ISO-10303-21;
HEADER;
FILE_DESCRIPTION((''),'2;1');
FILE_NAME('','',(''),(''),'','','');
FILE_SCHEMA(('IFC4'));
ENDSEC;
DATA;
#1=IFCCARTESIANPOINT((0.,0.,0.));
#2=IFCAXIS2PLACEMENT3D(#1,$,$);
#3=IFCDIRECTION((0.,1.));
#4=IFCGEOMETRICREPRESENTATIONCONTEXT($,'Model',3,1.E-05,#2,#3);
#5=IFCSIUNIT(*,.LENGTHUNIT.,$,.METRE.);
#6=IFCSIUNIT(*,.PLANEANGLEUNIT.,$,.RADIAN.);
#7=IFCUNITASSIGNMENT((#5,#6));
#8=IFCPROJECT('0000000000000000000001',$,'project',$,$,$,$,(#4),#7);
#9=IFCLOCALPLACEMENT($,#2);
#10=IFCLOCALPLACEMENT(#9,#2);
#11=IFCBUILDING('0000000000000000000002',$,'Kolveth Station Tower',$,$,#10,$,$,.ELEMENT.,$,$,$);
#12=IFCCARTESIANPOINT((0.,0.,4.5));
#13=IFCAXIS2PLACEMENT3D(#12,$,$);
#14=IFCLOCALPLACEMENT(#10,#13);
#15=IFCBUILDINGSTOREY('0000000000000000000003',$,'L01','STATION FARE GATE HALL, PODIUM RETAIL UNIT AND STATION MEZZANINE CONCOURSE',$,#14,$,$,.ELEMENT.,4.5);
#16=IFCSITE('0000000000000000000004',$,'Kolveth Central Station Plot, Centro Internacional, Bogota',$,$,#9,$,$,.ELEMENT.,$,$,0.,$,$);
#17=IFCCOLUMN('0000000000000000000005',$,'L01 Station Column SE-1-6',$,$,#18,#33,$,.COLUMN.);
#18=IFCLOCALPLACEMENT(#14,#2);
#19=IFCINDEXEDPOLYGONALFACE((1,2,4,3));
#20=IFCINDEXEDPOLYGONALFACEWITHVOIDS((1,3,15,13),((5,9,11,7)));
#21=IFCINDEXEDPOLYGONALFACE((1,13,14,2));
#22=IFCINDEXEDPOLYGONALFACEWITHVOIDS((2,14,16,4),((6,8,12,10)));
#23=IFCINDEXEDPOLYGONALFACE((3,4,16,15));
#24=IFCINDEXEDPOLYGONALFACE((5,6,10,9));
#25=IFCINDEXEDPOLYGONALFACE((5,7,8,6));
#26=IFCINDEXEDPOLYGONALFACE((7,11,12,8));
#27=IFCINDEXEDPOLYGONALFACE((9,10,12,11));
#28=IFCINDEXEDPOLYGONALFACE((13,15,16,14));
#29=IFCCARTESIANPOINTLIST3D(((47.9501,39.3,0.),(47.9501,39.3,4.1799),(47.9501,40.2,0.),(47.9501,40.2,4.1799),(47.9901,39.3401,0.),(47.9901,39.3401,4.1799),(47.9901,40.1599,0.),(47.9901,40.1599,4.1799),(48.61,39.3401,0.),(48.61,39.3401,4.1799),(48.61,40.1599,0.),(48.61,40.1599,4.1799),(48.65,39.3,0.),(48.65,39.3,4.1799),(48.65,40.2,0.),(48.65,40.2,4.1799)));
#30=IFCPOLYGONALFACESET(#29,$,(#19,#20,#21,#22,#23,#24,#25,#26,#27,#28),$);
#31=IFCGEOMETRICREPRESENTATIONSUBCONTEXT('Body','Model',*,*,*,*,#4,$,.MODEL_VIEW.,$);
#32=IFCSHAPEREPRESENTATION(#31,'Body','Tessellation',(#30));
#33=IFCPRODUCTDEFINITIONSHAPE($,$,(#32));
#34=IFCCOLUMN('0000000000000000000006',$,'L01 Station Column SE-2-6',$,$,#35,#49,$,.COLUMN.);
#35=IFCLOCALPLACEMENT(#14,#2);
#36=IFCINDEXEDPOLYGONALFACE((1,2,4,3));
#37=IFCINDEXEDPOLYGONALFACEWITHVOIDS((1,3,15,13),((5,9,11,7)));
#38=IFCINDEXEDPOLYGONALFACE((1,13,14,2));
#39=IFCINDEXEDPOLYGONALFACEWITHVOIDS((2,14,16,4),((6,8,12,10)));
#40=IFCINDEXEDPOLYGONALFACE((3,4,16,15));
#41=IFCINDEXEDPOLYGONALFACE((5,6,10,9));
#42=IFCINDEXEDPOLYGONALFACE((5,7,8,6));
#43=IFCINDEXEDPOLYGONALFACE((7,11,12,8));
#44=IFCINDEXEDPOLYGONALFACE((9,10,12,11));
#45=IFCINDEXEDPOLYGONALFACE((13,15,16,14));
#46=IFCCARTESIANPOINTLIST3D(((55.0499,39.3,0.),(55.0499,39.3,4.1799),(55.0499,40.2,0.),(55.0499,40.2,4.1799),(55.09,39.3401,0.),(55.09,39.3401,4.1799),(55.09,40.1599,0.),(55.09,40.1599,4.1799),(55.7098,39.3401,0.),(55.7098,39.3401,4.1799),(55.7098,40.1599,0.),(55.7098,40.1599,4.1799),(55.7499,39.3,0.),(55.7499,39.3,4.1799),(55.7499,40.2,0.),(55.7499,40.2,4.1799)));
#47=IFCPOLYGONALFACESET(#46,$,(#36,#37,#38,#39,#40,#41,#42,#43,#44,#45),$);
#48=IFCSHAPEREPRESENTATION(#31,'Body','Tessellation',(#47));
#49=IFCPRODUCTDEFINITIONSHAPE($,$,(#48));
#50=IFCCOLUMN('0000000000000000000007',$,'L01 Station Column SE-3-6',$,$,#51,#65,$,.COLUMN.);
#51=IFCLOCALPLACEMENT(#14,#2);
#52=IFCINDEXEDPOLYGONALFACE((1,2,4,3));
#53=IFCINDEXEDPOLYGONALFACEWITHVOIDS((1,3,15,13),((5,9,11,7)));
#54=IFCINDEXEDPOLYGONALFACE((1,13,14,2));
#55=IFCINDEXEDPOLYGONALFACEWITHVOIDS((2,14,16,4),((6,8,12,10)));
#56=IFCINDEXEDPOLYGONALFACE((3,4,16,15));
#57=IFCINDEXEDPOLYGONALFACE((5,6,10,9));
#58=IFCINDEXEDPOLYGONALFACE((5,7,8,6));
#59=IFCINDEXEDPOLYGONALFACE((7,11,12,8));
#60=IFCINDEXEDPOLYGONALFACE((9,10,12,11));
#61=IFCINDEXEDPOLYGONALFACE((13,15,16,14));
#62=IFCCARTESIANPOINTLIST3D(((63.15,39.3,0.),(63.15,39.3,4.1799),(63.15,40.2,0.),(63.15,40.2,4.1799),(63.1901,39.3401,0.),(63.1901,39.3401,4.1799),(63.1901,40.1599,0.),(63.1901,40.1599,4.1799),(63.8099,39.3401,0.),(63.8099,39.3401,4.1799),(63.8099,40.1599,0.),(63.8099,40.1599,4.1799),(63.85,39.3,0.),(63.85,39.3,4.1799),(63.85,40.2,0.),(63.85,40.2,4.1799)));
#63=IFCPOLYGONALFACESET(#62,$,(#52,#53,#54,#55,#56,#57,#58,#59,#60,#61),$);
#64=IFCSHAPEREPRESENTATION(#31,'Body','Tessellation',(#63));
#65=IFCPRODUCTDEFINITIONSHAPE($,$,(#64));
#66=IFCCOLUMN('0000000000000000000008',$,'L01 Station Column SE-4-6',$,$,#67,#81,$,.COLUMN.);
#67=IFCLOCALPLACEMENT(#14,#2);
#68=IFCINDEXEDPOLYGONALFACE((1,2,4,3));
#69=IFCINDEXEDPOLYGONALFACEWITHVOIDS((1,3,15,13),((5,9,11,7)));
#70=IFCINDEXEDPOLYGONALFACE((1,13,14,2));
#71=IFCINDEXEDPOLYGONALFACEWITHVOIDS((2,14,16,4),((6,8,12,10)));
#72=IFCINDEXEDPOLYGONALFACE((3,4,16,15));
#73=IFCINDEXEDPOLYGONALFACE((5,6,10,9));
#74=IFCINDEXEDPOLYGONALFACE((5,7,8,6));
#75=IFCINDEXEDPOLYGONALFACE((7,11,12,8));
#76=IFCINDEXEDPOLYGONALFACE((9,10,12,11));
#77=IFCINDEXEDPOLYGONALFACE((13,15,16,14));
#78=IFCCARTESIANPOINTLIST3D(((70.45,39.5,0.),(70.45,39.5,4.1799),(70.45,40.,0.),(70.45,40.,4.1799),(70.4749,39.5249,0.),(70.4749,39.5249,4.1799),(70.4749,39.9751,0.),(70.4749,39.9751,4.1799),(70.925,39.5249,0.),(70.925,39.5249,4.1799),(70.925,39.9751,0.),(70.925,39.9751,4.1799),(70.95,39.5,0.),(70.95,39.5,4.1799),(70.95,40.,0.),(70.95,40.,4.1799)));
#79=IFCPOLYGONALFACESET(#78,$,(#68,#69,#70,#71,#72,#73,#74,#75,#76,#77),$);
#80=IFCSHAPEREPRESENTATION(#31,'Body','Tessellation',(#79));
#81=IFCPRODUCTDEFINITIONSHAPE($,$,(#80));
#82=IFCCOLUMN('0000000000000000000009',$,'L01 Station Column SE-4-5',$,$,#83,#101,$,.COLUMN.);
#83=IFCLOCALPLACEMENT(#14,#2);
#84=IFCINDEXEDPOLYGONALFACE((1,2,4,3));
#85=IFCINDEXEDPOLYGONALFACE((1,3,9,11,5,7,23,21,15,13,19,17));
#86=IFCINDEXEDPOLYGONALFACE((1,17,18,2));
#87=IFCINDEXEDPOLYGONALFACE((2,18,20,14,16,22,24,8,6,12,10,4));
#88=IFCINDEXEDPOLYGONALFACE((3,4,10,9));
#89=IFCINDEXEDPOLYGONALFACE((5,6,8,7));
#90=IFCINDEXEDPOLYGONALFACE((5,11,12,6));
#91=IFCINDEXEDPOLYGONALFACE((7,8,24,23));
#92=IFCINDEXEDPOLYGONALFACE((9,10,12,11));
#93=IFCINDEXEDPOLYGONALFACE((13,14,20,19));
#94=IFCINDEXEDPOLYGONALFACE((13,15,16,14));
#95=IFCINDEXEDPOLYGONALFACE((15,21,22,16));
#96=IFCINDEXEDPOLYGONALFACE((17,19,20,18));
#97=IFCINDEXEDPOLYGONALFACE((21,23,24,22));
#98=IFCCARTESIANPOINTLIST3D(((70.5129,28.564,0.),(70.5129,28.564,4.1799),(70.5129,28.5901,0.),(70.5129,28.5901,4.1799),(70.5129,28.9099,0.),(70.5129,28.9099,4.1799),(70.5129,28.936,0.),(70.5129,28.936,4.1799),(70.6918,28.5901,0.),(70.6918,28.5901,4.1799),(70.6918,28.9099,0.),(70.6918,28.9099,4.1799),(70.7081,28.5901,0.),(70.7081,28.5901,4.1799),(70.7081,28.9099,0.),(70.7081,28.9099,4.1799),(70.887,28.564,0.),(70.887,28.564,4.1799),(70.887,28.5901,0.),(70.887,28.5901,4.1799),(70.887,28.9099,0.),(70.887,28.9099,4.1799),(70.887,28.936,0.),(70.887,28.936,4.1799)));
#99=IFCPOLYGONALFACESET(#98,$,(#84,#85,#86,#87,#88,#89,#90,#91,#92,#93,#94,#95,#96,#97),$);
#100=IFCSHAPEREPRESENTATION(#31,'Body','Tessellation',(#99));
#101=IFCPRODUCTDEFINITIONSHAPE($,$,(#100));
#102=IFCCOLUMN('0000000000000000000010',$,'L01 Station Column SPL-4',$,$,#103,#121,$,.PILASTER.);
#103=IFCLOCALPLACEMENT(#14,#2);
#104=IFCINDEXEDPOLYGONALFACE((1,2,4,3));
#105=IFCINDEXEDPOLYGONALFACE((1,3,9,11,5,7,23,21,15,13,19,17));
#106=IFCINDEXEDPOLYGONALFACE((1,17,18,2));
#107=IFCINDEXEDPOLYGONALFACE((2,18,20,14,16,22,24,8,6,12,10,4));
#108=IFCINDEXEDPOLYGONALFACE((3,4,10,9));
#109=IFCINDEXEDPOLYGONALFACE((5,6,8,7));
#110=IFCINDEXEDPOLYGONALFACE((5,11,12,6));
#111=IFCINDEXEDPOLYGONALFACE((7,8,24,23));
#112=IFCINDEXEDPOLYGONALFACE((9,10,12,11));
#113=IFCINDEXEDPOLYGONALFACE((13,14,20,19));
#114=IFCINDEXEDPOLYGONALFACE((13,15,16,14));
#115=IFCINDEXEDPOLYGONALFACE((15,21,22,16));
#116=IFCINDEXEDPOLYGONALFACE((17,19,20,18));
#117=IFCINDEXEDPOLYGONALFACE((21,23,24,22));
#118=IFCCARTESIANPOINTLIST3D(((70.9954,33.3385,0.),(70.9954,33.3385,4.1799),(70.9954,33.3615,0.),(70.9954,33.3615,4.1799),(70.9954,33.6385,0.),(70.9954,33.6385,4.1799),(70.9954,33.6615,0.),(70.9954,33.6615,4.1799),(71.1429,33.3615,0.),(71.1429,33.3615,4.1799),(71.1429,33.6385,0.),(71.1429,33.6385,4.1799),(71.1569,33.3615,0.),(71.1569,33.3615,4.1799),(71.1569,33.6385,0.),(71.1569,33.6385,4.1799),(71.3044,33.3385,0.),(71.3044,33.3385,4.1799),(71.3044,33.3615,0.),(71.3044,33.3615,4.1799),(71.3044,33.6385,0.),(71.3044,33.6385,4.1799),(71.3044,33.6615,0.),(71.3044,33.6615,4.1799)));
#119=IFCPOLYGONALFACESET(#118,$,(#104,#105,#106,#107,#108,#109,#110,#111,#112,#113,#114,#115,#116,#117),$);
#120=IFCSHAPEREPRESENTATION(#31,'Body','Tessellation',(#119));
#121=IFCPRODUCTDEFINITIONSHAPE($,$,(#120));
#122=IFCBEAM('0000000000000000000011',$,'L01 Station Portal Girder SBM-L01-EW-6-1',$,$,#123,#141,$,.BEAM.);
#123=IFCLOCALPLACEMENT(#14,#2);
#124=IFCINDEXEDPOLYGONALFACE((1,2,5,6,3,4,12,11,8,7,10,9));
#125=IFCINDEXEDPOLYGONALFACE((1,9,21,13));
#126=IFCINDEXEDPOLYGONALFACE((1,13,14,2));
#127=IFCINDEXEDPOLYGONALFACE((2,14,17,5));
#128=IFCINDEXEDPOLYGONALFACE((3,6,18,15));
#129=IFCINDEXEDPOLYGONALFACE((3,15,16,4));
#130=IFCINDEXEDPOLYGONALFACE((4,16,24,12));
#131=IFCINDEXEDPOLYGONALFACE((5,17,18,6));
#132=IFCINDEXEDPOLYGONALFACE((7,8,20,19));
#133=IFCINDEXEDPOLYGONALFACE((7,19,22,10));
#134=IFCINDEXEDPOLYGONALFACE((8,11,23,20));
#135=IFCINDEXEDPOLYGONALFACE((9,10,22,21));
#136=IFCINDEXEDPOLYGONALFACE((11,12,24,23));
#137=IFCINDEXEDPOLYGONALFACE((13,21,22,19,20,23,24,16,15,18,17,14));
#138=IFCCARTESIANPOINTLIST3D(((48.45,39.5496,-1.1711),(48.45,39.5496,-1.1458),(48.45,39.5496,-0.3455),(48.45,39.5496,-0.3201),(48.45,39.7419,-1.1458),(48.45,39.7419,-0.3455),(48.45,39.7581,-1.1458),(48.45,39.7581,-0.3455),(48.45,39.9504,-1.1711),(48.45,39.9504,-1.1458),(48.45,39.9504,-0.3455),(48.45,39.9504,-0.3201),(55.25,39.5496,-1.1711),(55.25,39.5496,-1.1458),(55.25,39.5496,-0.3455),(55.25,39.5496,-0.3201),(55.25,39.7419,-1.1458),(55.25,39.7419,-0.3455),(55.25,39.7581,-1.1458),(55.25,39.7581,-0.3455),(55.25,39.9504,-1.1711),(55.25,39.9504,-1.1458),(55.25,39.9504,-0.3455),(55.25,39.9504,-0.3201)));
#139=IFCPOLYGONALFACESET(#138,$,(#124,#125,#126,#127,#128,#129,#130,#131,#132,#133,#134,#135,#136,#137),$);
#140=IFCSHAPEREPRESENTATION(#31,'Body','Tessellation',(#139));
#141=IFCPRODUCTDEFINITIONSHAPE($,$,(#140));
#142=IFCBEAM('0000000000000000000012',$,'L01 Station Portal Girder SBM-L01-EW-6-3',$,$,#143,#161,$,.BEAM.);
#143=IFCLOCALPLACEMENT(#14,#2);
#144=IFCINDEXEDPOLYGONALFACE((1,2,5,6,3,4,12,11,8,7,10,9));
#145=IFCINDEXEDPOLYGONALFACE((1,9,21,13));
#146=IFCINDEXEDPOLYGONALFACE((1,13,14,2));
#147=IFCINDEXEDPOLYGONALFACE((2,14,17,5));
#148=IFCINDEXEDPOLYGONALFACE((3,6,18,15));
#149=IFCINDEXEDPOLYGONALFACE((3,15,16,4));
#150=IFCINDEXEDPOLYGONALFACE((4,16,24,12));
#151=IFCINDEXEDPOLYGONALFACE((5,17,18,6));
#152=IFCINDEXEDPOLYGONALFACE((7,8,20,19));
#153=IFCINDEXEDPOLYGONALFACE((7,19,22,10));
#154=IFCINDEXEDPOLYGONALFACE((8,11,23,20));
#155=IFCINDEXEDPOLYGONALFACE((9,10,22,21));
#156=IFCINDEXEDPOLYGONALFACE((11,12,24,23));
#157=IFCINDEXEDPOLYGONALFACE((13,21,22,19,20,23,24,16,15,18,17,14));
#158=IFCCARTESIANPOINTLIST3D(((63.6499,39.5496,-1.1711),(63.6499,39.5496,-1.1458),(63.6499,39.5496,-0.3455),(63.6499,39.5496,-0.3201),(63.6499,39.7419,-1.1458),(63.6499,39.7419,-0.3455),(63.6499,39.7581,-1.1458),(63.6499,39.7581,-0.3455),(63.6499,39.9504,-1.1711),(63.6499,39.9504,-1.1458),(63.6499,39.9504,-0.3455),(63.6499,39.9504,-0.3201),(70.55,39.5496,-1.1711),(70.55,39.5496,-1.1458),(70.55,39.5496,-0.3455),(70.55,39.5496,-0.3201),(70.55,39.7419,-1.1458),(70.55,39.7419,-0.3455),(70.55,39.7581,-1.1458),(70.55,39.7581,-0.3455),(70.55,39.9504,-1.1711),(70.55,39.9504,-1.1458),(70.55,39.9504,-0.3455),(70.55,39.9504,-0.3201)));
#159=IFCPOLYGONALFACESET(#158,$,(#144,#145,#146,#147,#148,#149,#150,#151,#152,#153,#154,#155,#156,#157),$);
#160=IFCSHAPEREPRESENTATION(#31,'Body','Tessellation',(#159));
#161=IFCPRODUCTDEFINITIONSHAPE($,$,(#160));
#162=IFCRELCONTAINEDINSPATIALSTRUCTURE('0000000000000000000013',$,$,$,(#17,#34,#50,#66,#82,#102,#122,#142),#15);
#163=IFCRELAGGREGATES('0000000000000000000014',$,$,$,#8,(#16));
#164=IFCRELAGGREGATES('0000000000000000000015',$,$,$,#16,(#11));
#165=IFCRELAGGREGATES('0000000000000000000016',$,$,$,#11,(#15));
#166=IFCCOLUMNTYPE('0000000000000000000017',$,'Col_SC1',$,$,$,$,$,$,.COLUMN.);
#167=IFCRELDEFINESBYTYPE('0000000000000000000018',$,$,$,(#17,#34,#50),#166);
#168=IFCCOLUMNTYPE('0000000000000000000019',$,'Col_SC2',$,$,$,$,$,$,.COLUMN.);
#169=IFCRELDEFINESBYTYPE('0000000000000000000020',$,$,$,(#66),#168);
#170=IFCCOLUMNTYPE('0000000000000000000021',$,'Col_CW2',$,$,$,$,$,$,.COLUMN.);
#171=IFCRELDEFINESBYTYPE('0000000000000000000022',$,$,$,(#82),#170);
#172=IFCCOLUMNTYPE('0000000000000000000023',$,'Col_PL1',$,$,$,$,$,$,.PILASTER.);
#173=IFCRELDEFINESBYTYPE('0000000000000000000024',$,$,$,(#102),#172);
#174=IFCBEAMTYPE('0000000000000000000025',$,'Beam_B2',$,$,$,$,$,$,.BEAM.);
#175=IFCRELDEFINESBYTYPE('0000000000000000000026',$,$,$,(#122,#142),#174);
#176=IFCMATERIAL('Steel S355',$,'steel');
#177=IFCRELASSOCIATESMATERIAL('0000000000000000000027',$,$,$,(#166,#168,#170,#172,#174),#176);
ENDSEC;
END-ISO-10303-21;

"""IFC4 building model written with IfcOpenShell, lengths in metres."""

from ifc_helpers import new_model, si_unit, direction, frame, origin, origin_2d, place, context, subcontext, project, spatial, hollow_rectangle, i_section, extrude, source, transform, mapped, material, material_profile, profile_set, type_object, element, save


model = new_model("IFC4")

# Units and contexts
model_context = context("Model", 3, precision=1e-05, world=origin(), true_north=direction((0.0, 1.0)))
body_context = subcontext(model_context, "Body", "Model", "MODEL_VIEW")
ifc_project = project(units=[si_unit("LENGTHUNIT", "METRE"), si_unit("PLANEANGLEUNIT", "RADIAN")], contexts=[model_context])

# Site, building, storey
site_placement = place(None, origin())
site = spatial("IfcSite", under=ifc_project, at=site_placement, Name="Kolveth Central Station Plot, Centro Internacional, Bogota", CompositionType="ELEMENT", RefElevation=0.0)
building_placement = place(site_placement, origin())
building = spatial("IfcBuilding", under=site, at=building_placement, Name="Kolveth Station Tower", CompositionType="ELEMENT")
storey_placement = place(building_placement, frame((0.0, 0.0, 4.5)))
storey = spatial("IfcBuildingStorey", under=building, at=storey_placement, Name="L01", Description="STATION FARE GATE HALL, PODIUM RETAIL UNIT AND STATION MEZZANINE CONCOURSE", CompositionType="ELEMENT", Elevation=4.5)

# Columns
ifc_material_1 = material(Name="Steel S355", Category="steel")
ifc_material_profile_1 = material_profile(ifc_material_1, hollow_rectangle(XDim=0.7, YDim=0.8999, WallThickness=0.04, at=origin_2d()), Name="BOX900x700x40")
ifc_profile_set_1 = profile_set([ifc_material_profile_1], Name="Steel S355")
column_type_1 = type_object("IfcColumnType", Name="Col_SC1", PredefinedType="COLUMN", material=ifc_profile_set_1)
shared_shape_1 = source(origin(), body_context, "Body", "SweptSolid", [
    extrude(hollow_rectangle(XDim=0.7, YDim=0.8999, WallThickness=0.04, at=origin_2d()), origin(), (0.0, 0.0, 1.0), 4.1799),
])
for number, where, z_axis, x_axis, name in (
    (1, (48.3, 39.75, 0.0), (0.0, 0.0, 1.0), (1.0, 0.0, 0.0), "L01 Station Column SE-1-6"),
    (2, (55.3999, 39.75, 0.0), (0.0, 0.0, 1.0), (1.0, 0.0, 0.0), "L01 Station Column SE-2-6"),
    (3, (63.5, 39.75, 0.0), (0.0, 0.0, 1.0), (1.0, 0.0, 0.0), "L01 Station Column SE-3-6"),
):
    element("IfcColumn", number, at=place(storey_placement, frame(where, z_axis=z_axis, x_axis=x_axis)), inside=storey, type_object=column_type_1, Name=name, PredefinedType="COLUMN", context=body_context, shape_type="MappedRepresentation", body=[
        mapped(shared_shape_1, transform((0.0, 0.0, 0.0), x_axis=(1.0, 0.0, 0.0), y_axis=(0.0, 1.0, 0.0), z_axis=(0.0, 0.0, 1.0), scale=1.0)),
    ])
ifc_material_profile_2 = material_profile(ifc_material_1, hollow_rectangle(XDim=0.5, YDim=0.5, WallThickness=0.0249, at=origin_2d()), Name="HSS500x500x25")
ifc_profile_set_2 = profile_set([ifc_material_profile_2], Name="Steel S355")
column_type_2 = type_object("IfcColumnType", Name="Col_SC2", PredefinedType="COLUMN", material=ifc_profile_set_2)
shared_shape_2 = source(origin(), body_context, "Body", "SweptSolid", [
    extrude(hollow_rectangle(XDim=0.5, YDim=0.5, WallThickness=0.0249, at=origin_2d()), origin(), (0.0, 0.0, 1.0), 4.1799),
])
column_1_placement = place(storey_placement, frame((70.7, 39.75, 0.0), z_axis=(0.0, 0.0, 1.0), x_axis=(1.0, 0.0, 0.0)))
element("IfcColumn", 4, at=column_1_placement, inside=storey, type_object=column_type_2, Name="L01 Station Column SE-4-6", PredefinedType="COLUMN", context=body_context, shape_type="MappedRepresentation", body=[
    mapped(shared_shape_2, transform((0.0, 0.0, 0.0), x_axis=(1.0, 0.0, 0.0), y_axis=(0.0, 1.0, 0.0), z_axis=(0.0, 0.0, 1.0), scale=1.0)),
])
ifc_material_profile_3 = material_profile(ifc_material_1, i_section(OverallWidth=0.374, OverallDepth=0.3721, WebThickness=0.0164, FlangeThickness=0.0261, at=origin_2d()), Name="W360x196")
ifc_profile_set_3 = profile_set([ifc_material_profile_3], Name="Steel S355")
column_type_3 = type_object("IfcColumnType", Name="Col_CW2", PredefinedType="COLUMN", material=ifc_profile_set_3)
shared_shape_3 = source(origin(), body_context, "Body", "SweptSolid", [
    extrude(i_section(OverallWidth=0.374, OverallDepth=0.3721, WebThickness=0.0164, FlangeThickness=0.0261, at=origin_2d()), origin(), (0.0, 0.0, 1.0), 4.1799),
])
column_2_placement = place(storey_placement, frame((70.7, 28.75, 0.0), z_axis=(0.0, 0.0, 1.0), x_axis=(1.0, 0.0, 0.0)))
element("IfcColumn", 5, at=column_2_placement, inside=storey, type_object=column_type_3, Name="L01 Station Column SE-4-5", PredefinedType="COLUMN", context=body_context, shape_type="MappedRepresentation", body=[
    mapped(shared_shape_3, transform((0.0, 0.0, 0.0), x_axis=(1.0, 0.0, 0.0), y_axis=(0.0, 1.0, 0.0), z_axis=(0.0, 0.0, 1.0), scale=1.0)),
])
ifc_material_profile_4 = material_profile(ifc_material_1, i_section(OverallWidth=0.3091, OverallDepth=0.323, WebThickness=0.0139, FlangeThickness=0.0229, at=origin_2d()), Name="W310x143")
ifc_profile_set_4 = profile_set([ifc_material_profile_4], Name="Steel S355")
column_type_4 = type_object("IfcColumnType", Name="Col_PL1", PredefinedType="PILASTER", material=ifc_profile_set_4)
shared_shape_4 = source(origin(), body_context, "Body", "SweptSolid", [
    extrude(i_section(OverallWidth=0.3091, OverallDepth=0.323, WebThickness=0.0139, FlangeThickness=0.0229, at=origin_2d()), origin(), (0.0, 0.0, 1.0), 4.1799),
])
column_3_placement = place(storey_placement, frame((71.1499, 33.5, 0.0), z_axis=(0.0, 0.0, 1.0), x_axis=(1.0, 0.0, 0.0)))
element("IfcColumn", 6, at=column_3_placement, inside=storey, type_object=column_type_4, Name="L01 Station Column SPL-4", PredefinedType="PILASTER", context=body_context, shape_type="MappedRepresentation", body=[
    mapped(shared_shape_4, transform((0.0, 0.0, 0.0), x_axis=(1.0, 0.0, 0.0), y_axis=(0.0, 1.0, 0.0), z_axis=(0.0, 0.0, 1.0), scale=1.0)),
])

# Beams
ifc_material_profile_5 = material_profile(ifc_material_1, i_section(OverallWidth=0.4009, OverallDepth=0.8511, WebThickness=0.0161, FlangeThickness=0.0254, at=origin_2d()), Name="W840x226")
ifc_profile_set_5 = profile_set([ifc_material_profile_5], Name="Steel S355")
beam_type_1 = type_object("IfcBeamType", Name="Beam_B2", PredefinedType="BEAM", material=ifc_profile_set_5)
shared_shape_5 = source(origin(), body_context, "Body", "SweptSolid", [
    extrude(i_section(OverallWidth=0.4009, OverallDepth=0.8511, WebThickness=0.0161, FlangeThickness=0.0254, at=origin_2d()), origin(), (0.0, 0.0, 1.0), 6.8),
])
beam_1_placement = place(storey_placement, frame((48.45, 39.75, -0.7456), z_axis=(1.0, 0.0, 0.0), x_axis=(0.0, 1.0, 0.0)))
element("IfcBeam", 7, at=beam_1_placement, inside=storey, type_object=beam_type_1, Name="L01 Station Portal Girder SBM-L01-EW-6-1", PredefinedType="BEAM", context=body_context, shape_type="MappedRepresentation", body=[
    mapped(shared_shape_5, transform((0.0, 0.0, 0.0), x_axis=(1.0, 0.0, 0.0), y_axis=(0.0, 1.0, 0.0), z_axis=(0.0, 0.0, 1.0), scale=1.0)),
])
shared_shape_6 = source(origin(), body_context, "Body", "SweptSolid", [
    extrude(i_section(OverallWidth=0.4009, OverallDepth=0.8511, WebThickness=0.0161, FlangeThickness=0.0254, at=origin_2d()), origin(), (0.0, 0.0, 1.0), 6.9001),
])
beam_2_placement = place(storey_placement, frame((63.6499, 39.75, -0.7456), z_axis=(1.0, 0.0, 0.0), x_axis=(0.0, 1.0, 0.0)))
element("IfcBeam", 8, at=beam_2_placement, inside=storey, type_object=beam_type_1, Name="L01 Station Portal Girder SBM-L01-EW-6-3", PredefinedType="BEAM", context=body_context, shape_type="MappedRepresentation", body=[
    mapped(shared_shape_6, transform((0.0, 0.0, 0.0), x_axis=(1.0, 0.0, 0.0), y_axis=(0.0, 1.0, 0.0), z_axis=(0.0, 0.0, 1.0), scale=1.0)),
])

save(model, "model.ifc")
